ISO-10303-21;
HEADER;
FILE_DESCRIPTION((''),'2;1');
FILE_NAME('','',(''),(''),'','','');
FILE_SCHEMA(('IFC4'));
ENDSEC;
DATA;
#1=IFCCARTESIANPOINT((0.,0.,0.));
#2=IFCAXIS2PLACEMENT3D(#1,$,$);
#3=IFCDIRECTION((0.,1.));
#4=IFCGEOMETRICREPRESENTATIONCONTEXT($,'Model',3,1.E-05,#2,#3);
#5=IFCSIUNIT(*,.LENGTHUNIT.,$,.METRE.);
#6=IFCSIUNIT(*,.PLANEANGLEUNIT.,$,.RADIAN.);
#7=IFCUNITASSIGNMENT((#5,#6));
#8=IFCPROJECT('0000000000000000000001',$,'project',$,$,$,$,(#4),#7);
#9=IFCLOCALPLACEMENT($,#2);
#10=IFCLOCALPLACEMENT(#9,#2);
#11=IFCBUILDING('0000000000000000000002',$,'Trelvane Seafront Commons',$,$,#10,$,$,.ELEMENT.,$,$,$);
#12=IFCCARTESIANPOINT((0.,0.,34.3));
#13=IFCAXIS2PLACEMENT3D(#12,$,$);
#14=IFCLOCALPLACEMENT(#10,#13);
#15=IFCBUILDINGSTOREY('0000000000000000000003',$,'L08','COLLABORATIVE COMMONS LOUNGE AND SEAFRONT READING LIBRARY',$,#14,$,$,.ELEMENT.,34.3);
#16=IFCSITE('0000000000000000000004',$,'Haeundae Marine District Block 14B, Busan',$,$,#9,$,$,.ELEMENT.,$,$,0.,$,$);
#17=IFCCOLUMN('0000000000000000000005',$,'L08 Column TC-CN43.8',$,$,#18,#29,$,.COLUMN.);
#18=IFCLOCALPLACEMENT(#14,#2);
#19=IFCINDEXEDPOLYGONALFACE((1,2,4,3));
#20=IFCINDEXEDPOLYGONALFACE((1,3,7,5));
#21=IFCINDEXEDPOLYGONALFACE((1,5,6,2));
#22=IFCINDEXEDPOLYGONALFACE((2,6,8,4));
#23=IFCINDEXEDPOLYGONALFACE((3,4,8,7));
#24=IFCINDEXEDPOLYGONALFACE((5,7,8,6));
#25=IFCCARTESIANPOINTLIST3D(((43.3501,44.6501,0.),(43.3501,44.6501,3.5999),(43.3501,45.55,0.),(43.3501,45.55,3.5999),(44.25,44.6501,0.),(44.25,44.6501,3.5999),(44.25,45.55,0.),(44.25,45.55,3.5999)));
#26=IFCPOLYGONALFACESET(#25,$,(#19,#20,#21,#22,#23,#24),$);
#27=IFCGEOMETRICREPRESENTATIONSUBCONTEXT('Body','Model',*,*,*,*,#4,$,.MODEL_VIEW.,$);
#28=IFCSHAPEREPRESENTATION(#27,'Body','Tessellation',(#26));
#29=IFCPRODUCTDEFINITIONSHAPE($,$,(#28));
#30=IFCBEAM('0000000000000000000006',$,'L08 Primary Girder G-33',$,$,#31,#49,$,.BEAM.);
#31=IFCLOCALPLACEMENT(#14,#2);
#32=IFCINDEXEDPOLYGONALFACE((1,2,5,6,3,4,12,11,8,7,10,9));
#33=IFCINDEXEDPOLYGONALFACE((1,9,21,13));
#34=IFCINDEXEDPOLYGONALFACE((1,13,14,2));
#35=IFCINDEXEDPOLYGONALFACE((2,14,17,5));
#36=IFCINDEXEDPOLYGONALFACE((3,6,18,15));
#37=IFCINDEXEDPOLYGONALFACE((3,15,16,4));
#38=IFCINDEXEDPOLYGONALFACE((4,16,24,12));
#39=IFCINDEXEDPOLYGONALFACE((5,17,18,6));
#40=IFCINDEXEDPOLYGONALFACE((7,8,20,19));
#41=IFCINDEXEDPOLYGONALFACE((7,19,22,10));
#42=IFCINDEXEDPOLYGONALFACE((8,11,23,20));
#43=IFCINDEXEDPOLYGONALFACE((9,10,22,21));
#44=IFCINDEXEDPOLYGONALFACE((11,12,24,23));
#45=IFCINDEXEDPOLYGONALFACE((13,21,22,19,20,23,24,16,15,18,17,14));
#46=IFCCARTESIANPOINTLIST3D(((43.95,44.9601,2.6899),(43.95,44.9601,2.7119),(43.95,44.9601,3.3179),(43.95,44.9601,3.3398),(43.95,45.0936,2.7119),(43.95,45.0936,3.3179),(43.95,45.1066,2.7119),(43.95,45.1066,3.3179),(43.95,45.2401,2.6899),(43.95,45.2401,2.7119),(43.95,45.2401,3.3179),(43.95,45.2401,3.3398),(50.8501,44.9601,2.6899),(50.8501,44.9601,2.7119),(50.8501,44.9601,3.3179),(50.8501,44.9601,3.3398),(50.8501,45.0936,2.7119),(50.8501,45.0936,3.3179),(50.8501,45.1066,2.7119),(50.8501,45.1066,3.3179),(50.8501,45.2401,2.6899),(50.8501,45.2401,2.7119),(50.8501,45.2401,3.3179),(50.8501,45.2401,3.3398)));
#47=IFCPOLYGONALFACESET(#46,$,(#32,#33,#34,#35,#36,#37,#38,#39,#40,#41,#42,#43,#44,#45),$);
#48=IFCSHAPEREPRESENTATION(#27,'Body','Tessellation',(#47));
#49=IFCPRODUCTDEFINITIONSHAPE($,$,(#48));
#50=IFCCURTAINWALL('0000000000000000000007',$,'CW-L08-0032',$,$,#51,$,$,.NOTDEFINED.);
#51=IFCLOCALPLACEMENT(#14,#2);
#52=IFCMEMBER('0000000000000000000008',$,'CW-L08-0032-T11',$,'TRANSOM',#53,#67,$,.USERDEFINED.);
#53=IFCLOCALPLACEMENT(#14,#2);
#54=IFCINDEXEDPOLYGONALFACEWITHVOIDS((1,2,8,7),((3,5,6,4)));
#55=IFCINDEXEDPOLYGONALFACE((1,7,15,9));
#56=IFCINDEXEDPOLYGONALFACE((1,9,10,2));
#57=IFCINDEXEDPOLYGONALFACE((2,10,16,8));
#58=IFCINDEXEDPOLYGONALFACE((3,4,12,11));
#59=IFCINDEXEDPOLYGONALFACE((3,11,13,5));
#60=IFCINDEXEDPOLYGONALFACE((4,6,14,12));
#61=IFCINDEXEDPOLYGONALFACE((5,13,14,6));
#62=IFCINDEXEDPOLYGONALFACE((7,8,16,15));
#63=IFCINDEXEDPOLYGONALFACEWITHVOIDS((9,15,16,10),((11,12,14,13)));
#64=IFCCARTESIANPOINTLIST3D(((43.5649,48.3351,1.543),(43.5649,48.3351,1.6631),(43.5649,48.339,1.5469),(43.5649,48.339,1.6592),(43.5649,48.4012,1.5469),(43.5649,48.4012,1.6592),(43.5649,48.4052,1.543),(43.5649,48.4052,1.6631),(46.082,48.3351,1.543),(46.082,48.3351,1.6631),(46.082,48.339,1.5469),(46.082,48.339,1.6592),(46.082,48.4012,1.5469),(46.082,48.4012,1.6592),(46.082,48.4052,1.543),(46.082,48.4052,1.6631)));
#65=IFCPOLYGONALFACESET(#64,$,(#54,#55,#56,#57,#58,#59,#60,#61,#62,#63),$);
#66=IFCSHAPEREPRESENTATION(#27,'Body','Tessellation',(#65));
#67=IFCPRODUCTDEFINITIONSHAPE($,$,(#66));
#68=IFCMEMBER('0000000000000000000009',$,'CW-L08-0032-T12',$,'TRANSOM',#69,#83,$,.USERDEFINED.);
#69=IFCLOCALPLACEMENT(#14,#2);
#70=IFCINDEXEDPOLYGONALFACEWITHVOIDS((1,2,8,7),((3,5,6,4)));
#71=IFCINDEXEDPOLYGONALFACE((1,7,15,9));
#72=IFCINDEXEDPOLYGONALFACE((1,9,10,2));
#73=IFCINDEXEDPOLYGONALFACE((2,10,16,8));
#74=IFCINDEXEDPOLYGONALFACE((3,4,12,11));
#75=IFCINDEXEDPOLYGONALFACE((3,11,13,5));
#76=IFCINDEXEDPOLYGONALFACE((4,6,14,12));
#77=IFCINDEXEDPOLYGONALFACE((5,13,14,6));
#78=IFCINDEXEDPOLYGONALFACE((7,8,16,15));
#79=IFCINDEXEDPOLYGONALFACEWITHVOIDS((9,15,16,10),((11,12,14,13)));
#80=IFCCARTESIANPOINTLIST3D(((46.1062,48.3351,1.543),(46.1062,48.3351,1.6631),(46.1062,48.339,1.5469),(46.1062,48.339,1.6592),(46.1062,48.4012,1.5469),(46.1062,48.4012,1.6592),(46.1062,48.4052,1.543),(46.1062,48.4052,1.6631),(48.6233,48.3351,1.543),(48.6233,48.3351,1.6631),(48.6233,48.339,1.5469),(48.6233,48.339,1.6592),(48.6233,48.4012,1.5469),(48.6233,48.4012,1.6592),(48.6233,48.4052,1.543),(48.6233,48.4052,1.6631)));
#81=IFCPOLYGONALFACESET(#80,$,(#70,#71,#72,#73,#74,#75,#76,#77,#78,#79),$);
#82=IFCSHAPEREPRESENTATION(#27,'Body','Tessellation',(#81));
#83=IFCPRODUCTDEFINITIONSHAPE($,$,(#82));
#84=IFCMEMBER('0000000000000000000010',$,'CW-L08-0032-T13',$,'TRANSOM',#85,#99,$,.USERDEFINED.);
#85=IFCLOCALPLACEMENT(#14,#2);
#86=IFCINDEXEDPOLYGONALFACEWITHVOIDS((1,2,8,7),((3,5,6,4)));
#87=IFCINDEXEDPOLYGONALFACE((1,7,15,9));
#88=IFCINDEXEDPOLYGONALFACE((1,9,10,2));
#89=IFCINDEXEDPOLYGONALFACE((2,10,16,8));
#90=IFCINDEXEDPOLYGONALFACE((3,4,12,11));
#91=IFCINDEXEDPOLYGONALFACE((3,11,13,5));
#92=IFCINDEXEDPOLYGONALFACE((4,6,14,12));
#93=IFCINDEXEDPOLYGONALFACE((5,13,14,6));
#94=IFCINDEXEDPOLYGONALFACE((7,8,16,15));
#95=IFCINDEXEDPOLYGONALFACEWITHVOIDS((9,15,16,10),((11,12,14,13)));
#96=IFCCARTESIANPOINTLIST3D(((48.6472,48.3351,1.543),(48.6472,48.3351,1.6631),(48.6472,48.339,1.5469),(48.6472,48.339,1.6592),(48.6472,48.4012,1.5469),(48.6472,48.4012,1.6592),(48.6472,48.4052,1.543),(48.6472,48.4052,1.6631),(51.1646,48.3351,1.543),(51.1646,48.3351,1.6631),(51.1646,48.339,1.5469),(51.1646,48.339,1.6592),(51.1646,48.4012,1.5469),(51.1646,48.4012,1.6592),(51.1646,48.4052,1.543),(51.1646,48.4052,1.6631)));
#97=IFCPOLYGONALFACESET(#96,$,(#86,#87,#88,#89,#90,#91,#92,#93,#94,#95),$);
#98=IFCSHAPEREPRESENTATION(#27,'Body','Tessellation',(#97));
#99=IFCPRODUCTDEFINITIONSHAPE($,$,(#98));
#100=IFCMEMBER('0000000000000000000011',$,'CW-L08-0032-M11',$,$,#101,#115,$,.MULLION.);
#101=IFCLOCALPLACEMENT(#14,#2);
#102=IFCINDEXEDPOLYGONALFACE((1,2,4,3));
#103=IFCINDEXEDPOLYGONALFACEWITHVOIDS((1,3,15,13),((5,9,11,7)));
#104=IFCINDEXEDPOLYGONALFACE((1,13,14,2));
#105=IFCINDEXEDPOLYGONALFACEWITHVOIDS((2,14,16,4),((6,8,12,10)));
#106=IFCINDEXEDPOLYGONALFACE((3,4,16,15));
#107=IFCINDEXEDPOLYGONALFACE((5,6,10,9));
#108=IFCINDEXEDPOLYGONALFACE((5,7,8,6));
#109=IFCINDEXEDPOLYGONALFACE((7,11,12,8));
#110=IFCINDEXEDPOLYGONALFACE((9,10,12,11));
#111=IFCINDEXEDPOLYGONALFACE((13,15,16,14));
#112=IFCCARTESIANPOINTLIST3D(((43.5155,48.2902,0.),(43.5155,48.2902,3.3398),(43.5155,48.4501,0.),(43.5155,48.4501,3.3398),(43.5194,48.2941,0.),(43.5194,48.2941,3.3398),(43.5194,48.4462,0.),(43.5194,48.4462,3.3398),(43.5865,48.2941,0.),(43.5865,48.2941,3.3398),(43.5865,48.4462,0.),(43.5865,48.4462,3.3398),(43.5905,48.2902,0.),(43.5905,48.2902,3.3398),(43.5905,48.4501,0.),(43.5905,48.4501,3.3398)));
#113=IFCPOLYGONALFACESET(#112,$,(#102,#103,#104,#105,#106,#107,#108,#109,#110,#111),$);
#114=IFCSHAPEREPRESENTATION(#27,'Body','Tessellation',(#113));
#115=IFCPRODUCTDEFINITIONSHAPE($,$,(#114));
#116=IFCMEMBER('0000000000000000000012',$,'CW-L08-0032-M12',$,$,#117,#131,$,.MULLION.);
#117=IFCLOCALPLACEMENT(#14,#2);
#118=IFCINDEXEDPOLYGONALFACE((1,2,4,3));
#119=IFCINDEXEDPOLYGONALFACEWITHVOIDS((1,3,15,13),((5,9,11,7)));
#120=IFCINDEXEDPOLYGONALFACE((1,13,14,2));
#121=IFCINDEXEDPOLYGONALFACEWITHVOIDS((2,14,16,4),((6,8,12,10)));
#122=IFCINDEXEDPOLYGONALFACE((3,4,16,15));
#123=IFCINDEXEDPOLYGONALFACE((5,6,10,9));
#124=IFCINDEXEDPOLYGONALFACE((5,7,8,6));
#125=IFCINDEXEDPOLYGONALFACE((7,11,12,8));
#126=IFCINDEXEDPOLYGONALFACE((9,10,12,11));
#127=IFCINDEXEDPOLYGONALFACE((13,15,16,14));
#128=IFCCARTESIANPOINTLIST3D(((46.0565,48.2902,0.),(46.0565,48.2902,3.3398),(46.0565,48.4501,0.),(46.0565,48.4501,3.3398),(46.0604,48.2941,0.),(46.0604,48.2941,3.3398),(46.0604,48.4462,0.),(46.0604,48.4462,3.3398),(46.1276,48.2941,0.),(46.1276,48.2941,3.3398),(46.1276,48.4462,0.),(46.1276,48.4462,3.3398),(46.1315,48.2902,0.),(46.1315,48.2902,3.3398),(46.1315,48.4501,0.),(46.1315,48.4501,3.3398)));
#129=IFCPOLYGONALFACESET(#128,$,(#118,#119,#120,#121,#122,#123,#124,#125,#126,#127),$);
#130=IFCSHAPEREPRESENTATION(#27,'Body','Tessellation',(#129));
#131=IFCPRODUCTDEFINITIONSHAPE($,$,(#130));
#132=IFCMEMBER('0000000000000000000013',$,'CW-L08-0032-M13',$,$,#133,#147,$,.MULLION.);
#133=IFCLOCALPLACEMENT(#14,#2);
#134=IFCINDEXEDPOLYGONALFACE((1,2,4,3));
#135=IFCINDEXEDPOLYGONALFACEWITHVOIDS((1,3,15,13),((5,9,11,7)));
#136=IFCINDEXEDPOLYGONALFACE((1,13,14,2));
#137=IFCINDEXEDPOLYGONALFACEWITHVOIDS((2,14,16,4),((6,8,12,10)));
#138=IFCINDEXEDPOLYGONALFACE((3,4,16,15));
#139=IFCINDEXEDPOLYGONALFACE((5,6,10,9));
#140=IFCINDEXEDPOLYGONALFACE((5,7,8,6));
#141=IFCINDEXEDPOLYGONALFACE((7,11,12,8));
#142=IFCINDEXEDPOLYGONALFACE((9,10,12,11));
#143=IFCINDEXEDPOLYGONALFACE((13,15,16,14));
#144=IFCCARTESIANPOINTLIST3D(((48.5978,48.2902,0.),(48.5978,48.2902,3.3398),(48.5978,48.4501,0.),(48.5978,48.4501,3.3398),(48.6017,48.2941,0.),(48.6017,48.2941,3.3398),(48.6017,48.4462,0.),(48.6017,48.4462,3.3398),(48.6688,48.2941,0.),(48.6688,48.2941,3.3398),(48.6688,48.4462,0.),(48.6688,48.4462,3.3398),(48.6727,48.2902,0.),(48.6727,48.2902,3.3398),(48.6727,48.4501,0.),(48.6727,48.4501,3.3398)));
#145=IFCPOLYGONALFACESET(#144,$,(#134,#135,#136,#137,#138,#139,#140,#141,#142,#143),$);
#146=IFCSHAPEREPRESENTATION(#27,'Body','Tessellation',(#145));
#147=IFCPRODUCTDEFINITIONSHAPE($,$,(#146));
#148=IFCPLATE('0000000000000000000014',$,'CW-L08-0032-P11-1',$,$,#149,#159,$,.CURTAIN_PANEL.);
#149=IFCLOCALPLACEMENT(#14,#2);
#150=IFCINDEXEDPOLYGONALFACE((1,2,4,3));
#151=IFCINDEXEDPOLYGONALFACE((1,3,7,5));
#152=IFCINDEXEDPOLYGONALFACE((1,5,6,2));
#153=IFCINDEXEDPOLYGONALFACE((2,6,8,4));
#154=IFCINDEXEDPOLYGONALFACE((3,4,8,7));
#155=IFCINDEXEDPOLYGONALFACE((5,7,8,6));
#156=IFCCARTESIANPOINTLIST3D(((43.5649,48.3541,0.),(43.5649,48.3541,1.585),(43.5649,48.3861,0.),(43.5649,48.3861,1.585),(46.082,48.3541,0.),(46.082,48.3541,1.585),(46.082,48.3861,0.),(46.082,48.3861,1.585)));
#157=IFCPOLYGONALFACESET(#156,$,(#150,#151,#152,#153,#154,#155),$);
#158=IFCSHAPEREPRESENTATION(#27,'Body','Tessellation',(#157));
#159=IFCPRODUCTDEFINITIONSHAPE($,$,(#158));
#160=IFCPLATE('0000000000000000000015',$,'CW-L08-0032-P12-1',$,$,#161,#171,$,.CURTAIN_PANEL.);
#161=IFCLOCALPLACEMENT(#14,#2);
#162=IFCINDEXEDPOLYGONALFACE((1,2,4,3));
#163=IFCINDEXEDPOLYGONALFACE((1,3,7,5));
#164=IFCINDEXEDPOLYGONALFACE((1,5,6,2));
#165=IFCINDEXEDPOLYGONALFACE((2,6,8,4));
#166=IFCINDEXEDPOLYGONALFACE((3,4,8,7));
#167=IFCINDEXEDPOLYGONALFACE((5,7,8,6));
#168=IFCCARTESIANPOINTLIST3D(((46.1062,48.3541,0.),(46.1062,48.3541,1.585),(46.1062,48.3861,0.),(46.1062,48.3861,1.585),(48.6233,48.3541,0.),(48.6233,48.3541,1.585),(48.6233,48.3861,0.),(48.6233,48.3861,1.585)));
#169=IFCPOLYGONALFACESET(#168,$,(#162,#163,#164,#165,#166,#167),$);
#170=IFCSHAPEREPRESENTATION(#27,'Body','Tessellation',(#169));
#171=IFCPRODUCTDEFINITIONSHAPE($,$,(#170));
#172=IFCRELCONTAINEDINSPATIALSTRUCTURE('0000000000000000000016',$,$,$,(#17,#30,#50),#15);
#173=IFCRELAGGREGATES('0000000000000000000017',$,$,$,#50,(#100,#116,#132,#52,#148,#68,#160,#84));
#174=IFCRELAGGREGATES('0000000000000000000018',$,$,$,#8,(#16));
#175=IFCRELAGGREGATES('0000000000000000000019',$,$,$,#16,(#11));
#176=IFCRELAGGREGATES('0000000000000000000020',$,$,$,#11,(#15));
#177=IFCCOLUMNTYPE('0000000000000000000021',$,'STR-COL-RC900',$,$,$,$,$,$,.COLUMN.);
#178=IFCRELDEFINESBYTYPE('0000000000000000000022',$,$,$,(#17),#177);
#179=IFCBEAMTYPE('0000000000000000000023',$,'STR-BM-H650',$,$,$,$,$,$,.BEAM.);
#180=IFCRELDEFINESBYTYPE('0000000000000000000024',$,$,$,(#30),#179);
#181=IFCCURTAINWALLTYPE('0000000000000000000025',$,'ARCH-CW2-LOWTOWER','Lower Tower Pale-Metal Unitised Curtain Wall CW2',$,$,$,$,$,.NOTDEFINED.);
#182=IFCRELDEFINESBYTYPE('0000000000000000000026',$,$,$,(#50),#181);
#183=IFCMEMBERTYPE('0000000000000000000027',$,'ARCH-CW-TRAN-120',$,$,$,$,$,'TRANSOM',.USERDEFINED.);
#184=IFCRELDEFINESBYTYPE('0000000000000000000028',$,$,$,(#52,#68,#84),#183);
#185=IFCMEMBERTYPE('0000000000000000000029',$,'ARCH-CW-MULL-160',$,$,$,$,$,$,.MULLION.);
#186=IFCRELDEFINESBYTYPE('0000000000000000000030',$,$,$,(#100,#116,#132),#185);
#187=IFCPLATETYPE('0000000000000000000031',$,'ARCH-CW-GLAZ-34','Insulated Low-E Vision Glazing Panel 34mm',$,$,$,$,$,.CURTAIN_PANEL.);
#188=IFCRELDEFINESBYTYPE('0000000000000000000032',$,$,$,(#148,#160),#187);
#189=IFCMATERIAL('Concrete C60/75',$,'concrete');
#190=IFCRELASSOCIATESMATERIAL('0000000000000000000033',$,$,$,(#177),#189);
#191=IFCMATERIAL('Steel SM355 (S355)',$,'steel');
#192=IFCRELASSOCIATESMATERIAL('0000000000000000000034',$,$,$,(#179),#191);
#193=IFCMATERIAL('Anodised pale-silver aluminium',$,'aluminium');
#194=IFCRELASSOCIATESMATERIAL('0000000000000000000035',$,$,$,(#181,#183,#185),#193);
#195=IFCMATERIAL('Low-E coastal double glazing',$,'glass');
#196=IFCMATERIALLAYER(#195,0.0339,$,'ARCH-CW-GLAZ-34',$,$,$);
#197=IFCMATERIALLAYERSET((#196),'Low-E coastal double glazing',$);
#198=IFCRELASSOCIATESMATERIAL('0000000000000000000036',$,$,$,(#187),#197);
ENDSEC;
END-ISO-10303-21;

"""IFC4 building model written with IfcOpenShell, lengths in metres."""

from ifc_helpers import new_model, si_unit, direction, frame, origin, origin_2d, place, context, subcontext, project, spatial, rectangle, hollow_rectangle, i_section, extrude, source, transform, mapped, material, layer, layer_set, material_profile, profile_set, type_object, element, aggregate, save


model = new_model("IFC4")

# Units and contexts
model_context = context("Model", 3, precision=1e-05, world=origin(), true_north=direction((0.0, 1.0)))
body_context = subcontext(model_context, "Body", "Model", "MODEL_VIEW")
ifc_project = project(units=[si_unit("LENGTHUNIT", "METRE"), si_unit("PLANEANGLEUNIT", "RADIAN")], contexts=[model_context])

# Site, building, storey
site_placement = place(None, origin())
site = spatial("IfcSite", under=ifc_project, at=site_placement, Name="Haeundae Marine District Block 14B, Busan", CompositionType="ELEMENT", RefElevation=0.0)
building_placement = place(site_placement, origin())
building = spatial("IfcBuilding", under=site, at=building_placement, Name="Trelvane Seafront Commons", CompositionType="ELEMENT")
storey_placement = place(building_placement, frame((0.0, 0.0, 34.3)))
storey = spatial("IfcBuildingStorey", under=building, at=storey_placement, Name="L08", Description="COLLABORATIVE COMMONS LOUNGE AND SEAFRONT READING LIBRARY", CompositionType="ELEMENT", Elevation=34.3)

# Column
ifc_material_1 = material(Name="Concrete C60/75", Category="concrete")
ifc_material_profile_1 = material_profile(ifc_material_1, rectangle(XDim=0.8999, YDim=0.8999, at=origin_2d()), Name="RC-900x900")
ifc_profile_set_1 = profile_set([ifc_material_profile_1], Name="Concrete C60/75")
column_type = type_object("IfcColumnType", Name="STR-COL-RC900", PredefinedType="COLUMN", material=ifc_profile_set_1)
shared_shape_1 = source(origin(), body_context, "Body", "SweptSolid", [
    extrude(rectangle(XDim=0.8999, YDim=0.8999, at=origin_2d()), origin(), (0.0, 0.0, 1.0), 3.5999),
])
column_placement = place(storey_placement, frame((43.8, 45.1001, 0.0), z_axis=(0.0, 0.0, 1.0), x_axis=(1.0, 0.0, 0.0)))
element("IfcColumn", 1, at=column_placement, inside=storey, type_object=column_type, Name="L08 Column TC-CN43.8", PredefinedType="COLUMN", context=body_context, shape_type="MappedRepresentation", body=[
    mapped(shared_shape_1, transform((0.0, 0.0, 0.0), x_axis=(1.0, 0.0, 0.0), y_axis=(0.0, 1.0, 0.0), z_axis=(0.0, 0.0, 1.0), scale=1.0)),
])

# Beam
ifc_material_2 = material(Name="Steel SM355 (S355)", Category="steel")
ifc_material_profile_2 = material_profile(ifc_material_2, i_section(OverallWidth=0.28, OverallDepth=0.6499, WebThickness=0.0129, FlangeThickness=0.022, at=origin_2d()), Name="H-650x280x13x22")
ifc_profile_set_2 = profile_set([ifc_material_profile_2], Name="Steel SM355 (S355)")
beam_type = type_object("IfcBeamType", Name="STR-BM-H650", PredefinedType="BEAM", material=ifc_profile_set_2)
shared_shape_2 = source(origin(), body_context, "Body", "SweptSolid", [
    extrude(i_section(OverallWidth=0.28, OverallDepth=0.6499, WebThickness=0.0129, FlangeThickness=0.022, at=origin_2d()), origin(), (0.0, 0.0, 1.0), 6.9001),
])
beam_placement = place(storey_placement, frame((43.95, 45.1001, 3.0149), z_axis=(1.0, 0.0, 0.0), x_axis=(0.0, 1.0, 0.0)))
element("IfcBeam", 2, at=beam_placement, inside=storey, type_object=beam_type, Name="L08 Primary Girder G-33", PredefinedType="BEAM", context=body_context, shape_type="MappedRepresentation", body=[
    mapped(shared_shape_2, transform((0.0, 0.0, 0.0), x_axis=(1.0, 0.0, 0.0), y_axis=(0.0, 1.0, 0.0), z_axis=(0.0, 0.0, 1.0), scale=1.0)),
])

# Curtain wall, members, plates
ifc_material_3 = material(Name="Anodised pale-silver aluminium", Category="aluminium")
curtain_wall_type = type_object("IfcCurtainWallType", Name="ARCH-CW2-LOWTOWER", Description="Lower Tower Pale-Metal Unitised Curtain Wall CW2", PredefinedType="NOTDEFINED", material=ifc_material_3)
curtain_wall_placement = place(storey_placement, origin())
curtain_wall = element("IfcCurtainWall", 3, at=curtain_wall_placement, inside=storey, type_object=curtain_wall_type, Name="CW-L08-0032", PredefinedType="NOTDEFINED")
ifc_material_profile_3 = material_profile(ifc_material_3, hollow_rectangle(XDim=0.0701, YDim=0.1201, WallThickness=0.0039, at=origin_2d()), Name="TRAN-70x120x4")
ifc_profile_set_3 = profile_set([ifc_material_profile_3], Name="Anodised pale-silver aluminium")
member_type_1 = type_object("IfcMemberType", Name="ARCH-CW-TRAN-120", ElementType="TRANSOM", PredefinedType="USERDEFINED", material=ifc_profile_set_3)
shared_shape_3 = source(origin(), body_context, "Body", "SweptSolid", [
    extrude(hollow_rectangle(XDim=0.0701, YDim=0.1201, WallThickness=0.0039, at=origin_2d()), origin(), (0.0, 0.0, 1.0), 2.5171),
])
member_1_placement = place(storey_placement, frame((43.5649, 48.3701, 1.603), z_axis=(1.0, 0.0, 0.0), x_axis=(0.0, 1.0, 0.0)))
member_1 = element("IfcMember", 4, at=member_1_placement, type_object=member_type_1, Name="CW-L08-0032-T11", ObjectType="TRANSOM", PredefinedType="USERDEFINED", context=body_context, shape_type="MappedRepresentation", body=[
    mapped(shared_shape_3, transform((0.0, 0.0, 0.0), x_axis=(1.0, 0.0, 0.0), y_axis=(0.0, 1.0, 0.0), z_axis=(0.0, 0.0, 1.0), scale=1.0)),
])
member_2_placement = place(storey_placement, frame((46.1062, 48.3701, 1.603), z_axis=(1.0, 0.0, 0.0), x_axis=(0.0, 1.0, 0.0)))
member_2 = element("IfcMember", 5, at=member_2_placement, type_object=member_type_1, Name="CW-L08-0032-T12", ObjectType="TRANSOM", PredefinedType="USERDEFINED", context=body_context, shape_type="MappedRepresentation", body=[
    mapped(shared_shape_3, transform((0.0, 0.0, 0.0), x_axis=(1.0, 0.0, 0.0), y_axis=(0.0, 1.0, 0.0), z_axis=(0.0, 0.0, 1.0), scale=1.0)),
])
shared_shape_4 = source(origin(), body_context, "Body", "SweptSolid", [
    extrude(hollow_rectangle(XDim=0.0701, YDim=0.1201, WallThickness=0.0039, at=origin_2d()), origin(), (0.0, 0.0, 1.0), 2.5173),
])
member_3_placement = place(storey_placement, frame((48.6472, 48.3701, 1.603), z_axis=(1.0, 0.0, 0.0), x_axis=(0.0, 1.0, 0.0)))
member_3 = element("IfcMember", 6, at=member_3_placement, type_object=member_type_1, Name="CW-L08-0032-T13", ObjectType="TRANSOM", PredefinedType="USERDEFINED", context=body_context, shape_type="MappedRepresentation", body=[
    mapped(shared_shape_4, transform((0.0, 0.0, 0.0), x_axis=(1.0, 0.0, 0.0), y_axis=(0.0, 1.0, 0.0), z_axis=(0.0, 0.0, 1.0), scale=1.0)),
])
ifc_material_profile_4 = material_profile(ifc_material_3, hollow_rectangle(XDim=0.075, YDim=0.1599, WallThickness=0.0039, at=origin_2d()), Name="MULL-75x160x4")
ifc_profile_set_4 = profile_set([ifc_material_profile_4], Name="Anodised pale-silver aluminium")
member_type_2 = type_object("IfcMemberType", Name="ARCH-CW-MULL-160", PredefinedType="MULLION", material=ifc_profile_set_4)
shared_shape_5 = source(origin(), body_context, "Body", "SweptSolid", [
    extrude(hollow_rectangle(XDim=0.075, YDim=0.1599, WallThickness=0.0039, at=origin_2d()), origin(), (0.0, 0.0, 1.0), 3.3398),
])
member_4_placement = place(storey_placement, frame((43.553, 48.3701, 0.0), z_axis=(0.0, 0.0, 1.0), x_axis=(1.0, 0.0, 0.0)))
member_4 = element("IfcMember", 7, at=member_4_placement, type_object=member_type_2, Name="CW-L08-0032-M11", PredefinedType="MULLION", context=body_context, shape_type="MappedRepresentation", body=[
    mapped(shared_shape_5, transform((0.0, 0.0, 0.0), x_axis=(1.0, 0.0, 0.0), y_axis=(0.0, 1.0, 0.0), z_axis=(0.0, 0.0, 1.0), scale=1.0)),
])
member_5_placement = place(storey_placement, frame((46.094, 48.3701, 0.0), z_axis=(0.0, 0.0, 1.0), x_axis=(1.0, 0.0, 0.0)))
member_5 = element("IfcMember", 8, at=member_5_placement, type_object=member_type_2, Name="CW-L08-0032-M12", PredefinedType="MULLION", context=body_context, shape_type="MappedRepresentation", body=[
    mapped(shared_shape_5, transform((0.0, 0.0, 0.0), x_axis=(1.0, 0.0, 0.0), y_axis=(0.0, 1.0, 0.0), z_axis=(0.0, 0.0, 1.0), scale=1.0)),
])
member_6_placement = place(storey_placement, frame((48.6353, 48.3701, 0.0), z_axis=(0.0, 0.0, 1.0), x_axis=(1.0, 0.0, 0.0)))
member_6 = element("IfcMember", 9, at=member_6_placement, type_object=member_type_2, Name="CW-L08-0032-M13", PredefinedType="MULLION", context=body_context, shape_type="MappedRepresentation", body=[
    mapped(shared_shape_5, transform((0.0, 0.0, 0.0), x_axis=(1.0, 0.0, 0.0), y_axis=(0.0, 1.0, 0.0), z_axis=(0.0, 0.0, 1.0), scale=1.0)),
])
ifc_material_4 = material(Name="Low-E coastal double glazing", Category="glass")
ifc_layer_1 = layer(ifc_material_4, 0.0339, Name="ARCH-CW-GLAZ-34")
ifc_layer_set_1 = layer_set([ifc_layer_1], Name="Low-E coastal double glazing")
plate_type_1 = type_object("IfcPlateType", Name="ARCH-CW-GLAZ-34", Description="Insulated Low-E Vision Glazing Panel 34mm", PredefinedType="CURTAIN_PANEL", material=ifc_layer_set_1)
shared_shape_6 = source(origin(), body_context, "Body", "SweptSolid", [
    extrude(rectangle(XDim=2.5171, YDim=0.032, at=origin_2d()), origin(), (0.0, 0.0, 1.0), 1.585),
])
plate_1_placement = place(storey_placement, frame((44.8235, 48.3701, 0.0), z_axis=(0.0, 0.0, 1.0), x_axis=(1.0, 0.0, 0.0)))
plate_1 = element("IfcPlate", 10, at=plate_1_placement, type_object=plate_type_1, Name="CW-L08-0032-P11-1", PredefinedType="CURTAIN_PANEL", context=body_context, shape_type="MappedRepresentation", body=[
    mapped(shared_shape_6, transform((0.0, 0.0, 0.0), x_axis=(1.0, 0.0, 0.0), y_axis=(0.0, 1.0, 0.0), z_axis=(0.0, 0.0, 1.0), scale=1.0)),
])
plate_2_placement = place(storey_placement, frame((47.3647, 48.3701, 0.0), z_axis=(0.0, 0.0, 1.0), x_axis=(1.0, 0.0, 0.0)))
plate_2 = element("IfcPlate", 11, at=plate_2_placement, type_object=plate_type_1, Name="CW-L08-0032-P12-1", PredefinedType="CURTAIN_PANEL", context=body_context, shape_type="MappedRepresentation", body=[
    mapped(shared_shape_6, transform((0.0, 0.0, 0.0), x_axis=(1.0, 0.0, 0.0), y_axis=(0.0, 1.0, 0.0), z_axis=(0.0, 0.0, 1.0), scale=1.0)),
])
aggregate(curtain_wall, [member_4, member_5, member_6, member_1, plate_1, member_2, plate_2, member_3])

save(model, "model.ifc")
